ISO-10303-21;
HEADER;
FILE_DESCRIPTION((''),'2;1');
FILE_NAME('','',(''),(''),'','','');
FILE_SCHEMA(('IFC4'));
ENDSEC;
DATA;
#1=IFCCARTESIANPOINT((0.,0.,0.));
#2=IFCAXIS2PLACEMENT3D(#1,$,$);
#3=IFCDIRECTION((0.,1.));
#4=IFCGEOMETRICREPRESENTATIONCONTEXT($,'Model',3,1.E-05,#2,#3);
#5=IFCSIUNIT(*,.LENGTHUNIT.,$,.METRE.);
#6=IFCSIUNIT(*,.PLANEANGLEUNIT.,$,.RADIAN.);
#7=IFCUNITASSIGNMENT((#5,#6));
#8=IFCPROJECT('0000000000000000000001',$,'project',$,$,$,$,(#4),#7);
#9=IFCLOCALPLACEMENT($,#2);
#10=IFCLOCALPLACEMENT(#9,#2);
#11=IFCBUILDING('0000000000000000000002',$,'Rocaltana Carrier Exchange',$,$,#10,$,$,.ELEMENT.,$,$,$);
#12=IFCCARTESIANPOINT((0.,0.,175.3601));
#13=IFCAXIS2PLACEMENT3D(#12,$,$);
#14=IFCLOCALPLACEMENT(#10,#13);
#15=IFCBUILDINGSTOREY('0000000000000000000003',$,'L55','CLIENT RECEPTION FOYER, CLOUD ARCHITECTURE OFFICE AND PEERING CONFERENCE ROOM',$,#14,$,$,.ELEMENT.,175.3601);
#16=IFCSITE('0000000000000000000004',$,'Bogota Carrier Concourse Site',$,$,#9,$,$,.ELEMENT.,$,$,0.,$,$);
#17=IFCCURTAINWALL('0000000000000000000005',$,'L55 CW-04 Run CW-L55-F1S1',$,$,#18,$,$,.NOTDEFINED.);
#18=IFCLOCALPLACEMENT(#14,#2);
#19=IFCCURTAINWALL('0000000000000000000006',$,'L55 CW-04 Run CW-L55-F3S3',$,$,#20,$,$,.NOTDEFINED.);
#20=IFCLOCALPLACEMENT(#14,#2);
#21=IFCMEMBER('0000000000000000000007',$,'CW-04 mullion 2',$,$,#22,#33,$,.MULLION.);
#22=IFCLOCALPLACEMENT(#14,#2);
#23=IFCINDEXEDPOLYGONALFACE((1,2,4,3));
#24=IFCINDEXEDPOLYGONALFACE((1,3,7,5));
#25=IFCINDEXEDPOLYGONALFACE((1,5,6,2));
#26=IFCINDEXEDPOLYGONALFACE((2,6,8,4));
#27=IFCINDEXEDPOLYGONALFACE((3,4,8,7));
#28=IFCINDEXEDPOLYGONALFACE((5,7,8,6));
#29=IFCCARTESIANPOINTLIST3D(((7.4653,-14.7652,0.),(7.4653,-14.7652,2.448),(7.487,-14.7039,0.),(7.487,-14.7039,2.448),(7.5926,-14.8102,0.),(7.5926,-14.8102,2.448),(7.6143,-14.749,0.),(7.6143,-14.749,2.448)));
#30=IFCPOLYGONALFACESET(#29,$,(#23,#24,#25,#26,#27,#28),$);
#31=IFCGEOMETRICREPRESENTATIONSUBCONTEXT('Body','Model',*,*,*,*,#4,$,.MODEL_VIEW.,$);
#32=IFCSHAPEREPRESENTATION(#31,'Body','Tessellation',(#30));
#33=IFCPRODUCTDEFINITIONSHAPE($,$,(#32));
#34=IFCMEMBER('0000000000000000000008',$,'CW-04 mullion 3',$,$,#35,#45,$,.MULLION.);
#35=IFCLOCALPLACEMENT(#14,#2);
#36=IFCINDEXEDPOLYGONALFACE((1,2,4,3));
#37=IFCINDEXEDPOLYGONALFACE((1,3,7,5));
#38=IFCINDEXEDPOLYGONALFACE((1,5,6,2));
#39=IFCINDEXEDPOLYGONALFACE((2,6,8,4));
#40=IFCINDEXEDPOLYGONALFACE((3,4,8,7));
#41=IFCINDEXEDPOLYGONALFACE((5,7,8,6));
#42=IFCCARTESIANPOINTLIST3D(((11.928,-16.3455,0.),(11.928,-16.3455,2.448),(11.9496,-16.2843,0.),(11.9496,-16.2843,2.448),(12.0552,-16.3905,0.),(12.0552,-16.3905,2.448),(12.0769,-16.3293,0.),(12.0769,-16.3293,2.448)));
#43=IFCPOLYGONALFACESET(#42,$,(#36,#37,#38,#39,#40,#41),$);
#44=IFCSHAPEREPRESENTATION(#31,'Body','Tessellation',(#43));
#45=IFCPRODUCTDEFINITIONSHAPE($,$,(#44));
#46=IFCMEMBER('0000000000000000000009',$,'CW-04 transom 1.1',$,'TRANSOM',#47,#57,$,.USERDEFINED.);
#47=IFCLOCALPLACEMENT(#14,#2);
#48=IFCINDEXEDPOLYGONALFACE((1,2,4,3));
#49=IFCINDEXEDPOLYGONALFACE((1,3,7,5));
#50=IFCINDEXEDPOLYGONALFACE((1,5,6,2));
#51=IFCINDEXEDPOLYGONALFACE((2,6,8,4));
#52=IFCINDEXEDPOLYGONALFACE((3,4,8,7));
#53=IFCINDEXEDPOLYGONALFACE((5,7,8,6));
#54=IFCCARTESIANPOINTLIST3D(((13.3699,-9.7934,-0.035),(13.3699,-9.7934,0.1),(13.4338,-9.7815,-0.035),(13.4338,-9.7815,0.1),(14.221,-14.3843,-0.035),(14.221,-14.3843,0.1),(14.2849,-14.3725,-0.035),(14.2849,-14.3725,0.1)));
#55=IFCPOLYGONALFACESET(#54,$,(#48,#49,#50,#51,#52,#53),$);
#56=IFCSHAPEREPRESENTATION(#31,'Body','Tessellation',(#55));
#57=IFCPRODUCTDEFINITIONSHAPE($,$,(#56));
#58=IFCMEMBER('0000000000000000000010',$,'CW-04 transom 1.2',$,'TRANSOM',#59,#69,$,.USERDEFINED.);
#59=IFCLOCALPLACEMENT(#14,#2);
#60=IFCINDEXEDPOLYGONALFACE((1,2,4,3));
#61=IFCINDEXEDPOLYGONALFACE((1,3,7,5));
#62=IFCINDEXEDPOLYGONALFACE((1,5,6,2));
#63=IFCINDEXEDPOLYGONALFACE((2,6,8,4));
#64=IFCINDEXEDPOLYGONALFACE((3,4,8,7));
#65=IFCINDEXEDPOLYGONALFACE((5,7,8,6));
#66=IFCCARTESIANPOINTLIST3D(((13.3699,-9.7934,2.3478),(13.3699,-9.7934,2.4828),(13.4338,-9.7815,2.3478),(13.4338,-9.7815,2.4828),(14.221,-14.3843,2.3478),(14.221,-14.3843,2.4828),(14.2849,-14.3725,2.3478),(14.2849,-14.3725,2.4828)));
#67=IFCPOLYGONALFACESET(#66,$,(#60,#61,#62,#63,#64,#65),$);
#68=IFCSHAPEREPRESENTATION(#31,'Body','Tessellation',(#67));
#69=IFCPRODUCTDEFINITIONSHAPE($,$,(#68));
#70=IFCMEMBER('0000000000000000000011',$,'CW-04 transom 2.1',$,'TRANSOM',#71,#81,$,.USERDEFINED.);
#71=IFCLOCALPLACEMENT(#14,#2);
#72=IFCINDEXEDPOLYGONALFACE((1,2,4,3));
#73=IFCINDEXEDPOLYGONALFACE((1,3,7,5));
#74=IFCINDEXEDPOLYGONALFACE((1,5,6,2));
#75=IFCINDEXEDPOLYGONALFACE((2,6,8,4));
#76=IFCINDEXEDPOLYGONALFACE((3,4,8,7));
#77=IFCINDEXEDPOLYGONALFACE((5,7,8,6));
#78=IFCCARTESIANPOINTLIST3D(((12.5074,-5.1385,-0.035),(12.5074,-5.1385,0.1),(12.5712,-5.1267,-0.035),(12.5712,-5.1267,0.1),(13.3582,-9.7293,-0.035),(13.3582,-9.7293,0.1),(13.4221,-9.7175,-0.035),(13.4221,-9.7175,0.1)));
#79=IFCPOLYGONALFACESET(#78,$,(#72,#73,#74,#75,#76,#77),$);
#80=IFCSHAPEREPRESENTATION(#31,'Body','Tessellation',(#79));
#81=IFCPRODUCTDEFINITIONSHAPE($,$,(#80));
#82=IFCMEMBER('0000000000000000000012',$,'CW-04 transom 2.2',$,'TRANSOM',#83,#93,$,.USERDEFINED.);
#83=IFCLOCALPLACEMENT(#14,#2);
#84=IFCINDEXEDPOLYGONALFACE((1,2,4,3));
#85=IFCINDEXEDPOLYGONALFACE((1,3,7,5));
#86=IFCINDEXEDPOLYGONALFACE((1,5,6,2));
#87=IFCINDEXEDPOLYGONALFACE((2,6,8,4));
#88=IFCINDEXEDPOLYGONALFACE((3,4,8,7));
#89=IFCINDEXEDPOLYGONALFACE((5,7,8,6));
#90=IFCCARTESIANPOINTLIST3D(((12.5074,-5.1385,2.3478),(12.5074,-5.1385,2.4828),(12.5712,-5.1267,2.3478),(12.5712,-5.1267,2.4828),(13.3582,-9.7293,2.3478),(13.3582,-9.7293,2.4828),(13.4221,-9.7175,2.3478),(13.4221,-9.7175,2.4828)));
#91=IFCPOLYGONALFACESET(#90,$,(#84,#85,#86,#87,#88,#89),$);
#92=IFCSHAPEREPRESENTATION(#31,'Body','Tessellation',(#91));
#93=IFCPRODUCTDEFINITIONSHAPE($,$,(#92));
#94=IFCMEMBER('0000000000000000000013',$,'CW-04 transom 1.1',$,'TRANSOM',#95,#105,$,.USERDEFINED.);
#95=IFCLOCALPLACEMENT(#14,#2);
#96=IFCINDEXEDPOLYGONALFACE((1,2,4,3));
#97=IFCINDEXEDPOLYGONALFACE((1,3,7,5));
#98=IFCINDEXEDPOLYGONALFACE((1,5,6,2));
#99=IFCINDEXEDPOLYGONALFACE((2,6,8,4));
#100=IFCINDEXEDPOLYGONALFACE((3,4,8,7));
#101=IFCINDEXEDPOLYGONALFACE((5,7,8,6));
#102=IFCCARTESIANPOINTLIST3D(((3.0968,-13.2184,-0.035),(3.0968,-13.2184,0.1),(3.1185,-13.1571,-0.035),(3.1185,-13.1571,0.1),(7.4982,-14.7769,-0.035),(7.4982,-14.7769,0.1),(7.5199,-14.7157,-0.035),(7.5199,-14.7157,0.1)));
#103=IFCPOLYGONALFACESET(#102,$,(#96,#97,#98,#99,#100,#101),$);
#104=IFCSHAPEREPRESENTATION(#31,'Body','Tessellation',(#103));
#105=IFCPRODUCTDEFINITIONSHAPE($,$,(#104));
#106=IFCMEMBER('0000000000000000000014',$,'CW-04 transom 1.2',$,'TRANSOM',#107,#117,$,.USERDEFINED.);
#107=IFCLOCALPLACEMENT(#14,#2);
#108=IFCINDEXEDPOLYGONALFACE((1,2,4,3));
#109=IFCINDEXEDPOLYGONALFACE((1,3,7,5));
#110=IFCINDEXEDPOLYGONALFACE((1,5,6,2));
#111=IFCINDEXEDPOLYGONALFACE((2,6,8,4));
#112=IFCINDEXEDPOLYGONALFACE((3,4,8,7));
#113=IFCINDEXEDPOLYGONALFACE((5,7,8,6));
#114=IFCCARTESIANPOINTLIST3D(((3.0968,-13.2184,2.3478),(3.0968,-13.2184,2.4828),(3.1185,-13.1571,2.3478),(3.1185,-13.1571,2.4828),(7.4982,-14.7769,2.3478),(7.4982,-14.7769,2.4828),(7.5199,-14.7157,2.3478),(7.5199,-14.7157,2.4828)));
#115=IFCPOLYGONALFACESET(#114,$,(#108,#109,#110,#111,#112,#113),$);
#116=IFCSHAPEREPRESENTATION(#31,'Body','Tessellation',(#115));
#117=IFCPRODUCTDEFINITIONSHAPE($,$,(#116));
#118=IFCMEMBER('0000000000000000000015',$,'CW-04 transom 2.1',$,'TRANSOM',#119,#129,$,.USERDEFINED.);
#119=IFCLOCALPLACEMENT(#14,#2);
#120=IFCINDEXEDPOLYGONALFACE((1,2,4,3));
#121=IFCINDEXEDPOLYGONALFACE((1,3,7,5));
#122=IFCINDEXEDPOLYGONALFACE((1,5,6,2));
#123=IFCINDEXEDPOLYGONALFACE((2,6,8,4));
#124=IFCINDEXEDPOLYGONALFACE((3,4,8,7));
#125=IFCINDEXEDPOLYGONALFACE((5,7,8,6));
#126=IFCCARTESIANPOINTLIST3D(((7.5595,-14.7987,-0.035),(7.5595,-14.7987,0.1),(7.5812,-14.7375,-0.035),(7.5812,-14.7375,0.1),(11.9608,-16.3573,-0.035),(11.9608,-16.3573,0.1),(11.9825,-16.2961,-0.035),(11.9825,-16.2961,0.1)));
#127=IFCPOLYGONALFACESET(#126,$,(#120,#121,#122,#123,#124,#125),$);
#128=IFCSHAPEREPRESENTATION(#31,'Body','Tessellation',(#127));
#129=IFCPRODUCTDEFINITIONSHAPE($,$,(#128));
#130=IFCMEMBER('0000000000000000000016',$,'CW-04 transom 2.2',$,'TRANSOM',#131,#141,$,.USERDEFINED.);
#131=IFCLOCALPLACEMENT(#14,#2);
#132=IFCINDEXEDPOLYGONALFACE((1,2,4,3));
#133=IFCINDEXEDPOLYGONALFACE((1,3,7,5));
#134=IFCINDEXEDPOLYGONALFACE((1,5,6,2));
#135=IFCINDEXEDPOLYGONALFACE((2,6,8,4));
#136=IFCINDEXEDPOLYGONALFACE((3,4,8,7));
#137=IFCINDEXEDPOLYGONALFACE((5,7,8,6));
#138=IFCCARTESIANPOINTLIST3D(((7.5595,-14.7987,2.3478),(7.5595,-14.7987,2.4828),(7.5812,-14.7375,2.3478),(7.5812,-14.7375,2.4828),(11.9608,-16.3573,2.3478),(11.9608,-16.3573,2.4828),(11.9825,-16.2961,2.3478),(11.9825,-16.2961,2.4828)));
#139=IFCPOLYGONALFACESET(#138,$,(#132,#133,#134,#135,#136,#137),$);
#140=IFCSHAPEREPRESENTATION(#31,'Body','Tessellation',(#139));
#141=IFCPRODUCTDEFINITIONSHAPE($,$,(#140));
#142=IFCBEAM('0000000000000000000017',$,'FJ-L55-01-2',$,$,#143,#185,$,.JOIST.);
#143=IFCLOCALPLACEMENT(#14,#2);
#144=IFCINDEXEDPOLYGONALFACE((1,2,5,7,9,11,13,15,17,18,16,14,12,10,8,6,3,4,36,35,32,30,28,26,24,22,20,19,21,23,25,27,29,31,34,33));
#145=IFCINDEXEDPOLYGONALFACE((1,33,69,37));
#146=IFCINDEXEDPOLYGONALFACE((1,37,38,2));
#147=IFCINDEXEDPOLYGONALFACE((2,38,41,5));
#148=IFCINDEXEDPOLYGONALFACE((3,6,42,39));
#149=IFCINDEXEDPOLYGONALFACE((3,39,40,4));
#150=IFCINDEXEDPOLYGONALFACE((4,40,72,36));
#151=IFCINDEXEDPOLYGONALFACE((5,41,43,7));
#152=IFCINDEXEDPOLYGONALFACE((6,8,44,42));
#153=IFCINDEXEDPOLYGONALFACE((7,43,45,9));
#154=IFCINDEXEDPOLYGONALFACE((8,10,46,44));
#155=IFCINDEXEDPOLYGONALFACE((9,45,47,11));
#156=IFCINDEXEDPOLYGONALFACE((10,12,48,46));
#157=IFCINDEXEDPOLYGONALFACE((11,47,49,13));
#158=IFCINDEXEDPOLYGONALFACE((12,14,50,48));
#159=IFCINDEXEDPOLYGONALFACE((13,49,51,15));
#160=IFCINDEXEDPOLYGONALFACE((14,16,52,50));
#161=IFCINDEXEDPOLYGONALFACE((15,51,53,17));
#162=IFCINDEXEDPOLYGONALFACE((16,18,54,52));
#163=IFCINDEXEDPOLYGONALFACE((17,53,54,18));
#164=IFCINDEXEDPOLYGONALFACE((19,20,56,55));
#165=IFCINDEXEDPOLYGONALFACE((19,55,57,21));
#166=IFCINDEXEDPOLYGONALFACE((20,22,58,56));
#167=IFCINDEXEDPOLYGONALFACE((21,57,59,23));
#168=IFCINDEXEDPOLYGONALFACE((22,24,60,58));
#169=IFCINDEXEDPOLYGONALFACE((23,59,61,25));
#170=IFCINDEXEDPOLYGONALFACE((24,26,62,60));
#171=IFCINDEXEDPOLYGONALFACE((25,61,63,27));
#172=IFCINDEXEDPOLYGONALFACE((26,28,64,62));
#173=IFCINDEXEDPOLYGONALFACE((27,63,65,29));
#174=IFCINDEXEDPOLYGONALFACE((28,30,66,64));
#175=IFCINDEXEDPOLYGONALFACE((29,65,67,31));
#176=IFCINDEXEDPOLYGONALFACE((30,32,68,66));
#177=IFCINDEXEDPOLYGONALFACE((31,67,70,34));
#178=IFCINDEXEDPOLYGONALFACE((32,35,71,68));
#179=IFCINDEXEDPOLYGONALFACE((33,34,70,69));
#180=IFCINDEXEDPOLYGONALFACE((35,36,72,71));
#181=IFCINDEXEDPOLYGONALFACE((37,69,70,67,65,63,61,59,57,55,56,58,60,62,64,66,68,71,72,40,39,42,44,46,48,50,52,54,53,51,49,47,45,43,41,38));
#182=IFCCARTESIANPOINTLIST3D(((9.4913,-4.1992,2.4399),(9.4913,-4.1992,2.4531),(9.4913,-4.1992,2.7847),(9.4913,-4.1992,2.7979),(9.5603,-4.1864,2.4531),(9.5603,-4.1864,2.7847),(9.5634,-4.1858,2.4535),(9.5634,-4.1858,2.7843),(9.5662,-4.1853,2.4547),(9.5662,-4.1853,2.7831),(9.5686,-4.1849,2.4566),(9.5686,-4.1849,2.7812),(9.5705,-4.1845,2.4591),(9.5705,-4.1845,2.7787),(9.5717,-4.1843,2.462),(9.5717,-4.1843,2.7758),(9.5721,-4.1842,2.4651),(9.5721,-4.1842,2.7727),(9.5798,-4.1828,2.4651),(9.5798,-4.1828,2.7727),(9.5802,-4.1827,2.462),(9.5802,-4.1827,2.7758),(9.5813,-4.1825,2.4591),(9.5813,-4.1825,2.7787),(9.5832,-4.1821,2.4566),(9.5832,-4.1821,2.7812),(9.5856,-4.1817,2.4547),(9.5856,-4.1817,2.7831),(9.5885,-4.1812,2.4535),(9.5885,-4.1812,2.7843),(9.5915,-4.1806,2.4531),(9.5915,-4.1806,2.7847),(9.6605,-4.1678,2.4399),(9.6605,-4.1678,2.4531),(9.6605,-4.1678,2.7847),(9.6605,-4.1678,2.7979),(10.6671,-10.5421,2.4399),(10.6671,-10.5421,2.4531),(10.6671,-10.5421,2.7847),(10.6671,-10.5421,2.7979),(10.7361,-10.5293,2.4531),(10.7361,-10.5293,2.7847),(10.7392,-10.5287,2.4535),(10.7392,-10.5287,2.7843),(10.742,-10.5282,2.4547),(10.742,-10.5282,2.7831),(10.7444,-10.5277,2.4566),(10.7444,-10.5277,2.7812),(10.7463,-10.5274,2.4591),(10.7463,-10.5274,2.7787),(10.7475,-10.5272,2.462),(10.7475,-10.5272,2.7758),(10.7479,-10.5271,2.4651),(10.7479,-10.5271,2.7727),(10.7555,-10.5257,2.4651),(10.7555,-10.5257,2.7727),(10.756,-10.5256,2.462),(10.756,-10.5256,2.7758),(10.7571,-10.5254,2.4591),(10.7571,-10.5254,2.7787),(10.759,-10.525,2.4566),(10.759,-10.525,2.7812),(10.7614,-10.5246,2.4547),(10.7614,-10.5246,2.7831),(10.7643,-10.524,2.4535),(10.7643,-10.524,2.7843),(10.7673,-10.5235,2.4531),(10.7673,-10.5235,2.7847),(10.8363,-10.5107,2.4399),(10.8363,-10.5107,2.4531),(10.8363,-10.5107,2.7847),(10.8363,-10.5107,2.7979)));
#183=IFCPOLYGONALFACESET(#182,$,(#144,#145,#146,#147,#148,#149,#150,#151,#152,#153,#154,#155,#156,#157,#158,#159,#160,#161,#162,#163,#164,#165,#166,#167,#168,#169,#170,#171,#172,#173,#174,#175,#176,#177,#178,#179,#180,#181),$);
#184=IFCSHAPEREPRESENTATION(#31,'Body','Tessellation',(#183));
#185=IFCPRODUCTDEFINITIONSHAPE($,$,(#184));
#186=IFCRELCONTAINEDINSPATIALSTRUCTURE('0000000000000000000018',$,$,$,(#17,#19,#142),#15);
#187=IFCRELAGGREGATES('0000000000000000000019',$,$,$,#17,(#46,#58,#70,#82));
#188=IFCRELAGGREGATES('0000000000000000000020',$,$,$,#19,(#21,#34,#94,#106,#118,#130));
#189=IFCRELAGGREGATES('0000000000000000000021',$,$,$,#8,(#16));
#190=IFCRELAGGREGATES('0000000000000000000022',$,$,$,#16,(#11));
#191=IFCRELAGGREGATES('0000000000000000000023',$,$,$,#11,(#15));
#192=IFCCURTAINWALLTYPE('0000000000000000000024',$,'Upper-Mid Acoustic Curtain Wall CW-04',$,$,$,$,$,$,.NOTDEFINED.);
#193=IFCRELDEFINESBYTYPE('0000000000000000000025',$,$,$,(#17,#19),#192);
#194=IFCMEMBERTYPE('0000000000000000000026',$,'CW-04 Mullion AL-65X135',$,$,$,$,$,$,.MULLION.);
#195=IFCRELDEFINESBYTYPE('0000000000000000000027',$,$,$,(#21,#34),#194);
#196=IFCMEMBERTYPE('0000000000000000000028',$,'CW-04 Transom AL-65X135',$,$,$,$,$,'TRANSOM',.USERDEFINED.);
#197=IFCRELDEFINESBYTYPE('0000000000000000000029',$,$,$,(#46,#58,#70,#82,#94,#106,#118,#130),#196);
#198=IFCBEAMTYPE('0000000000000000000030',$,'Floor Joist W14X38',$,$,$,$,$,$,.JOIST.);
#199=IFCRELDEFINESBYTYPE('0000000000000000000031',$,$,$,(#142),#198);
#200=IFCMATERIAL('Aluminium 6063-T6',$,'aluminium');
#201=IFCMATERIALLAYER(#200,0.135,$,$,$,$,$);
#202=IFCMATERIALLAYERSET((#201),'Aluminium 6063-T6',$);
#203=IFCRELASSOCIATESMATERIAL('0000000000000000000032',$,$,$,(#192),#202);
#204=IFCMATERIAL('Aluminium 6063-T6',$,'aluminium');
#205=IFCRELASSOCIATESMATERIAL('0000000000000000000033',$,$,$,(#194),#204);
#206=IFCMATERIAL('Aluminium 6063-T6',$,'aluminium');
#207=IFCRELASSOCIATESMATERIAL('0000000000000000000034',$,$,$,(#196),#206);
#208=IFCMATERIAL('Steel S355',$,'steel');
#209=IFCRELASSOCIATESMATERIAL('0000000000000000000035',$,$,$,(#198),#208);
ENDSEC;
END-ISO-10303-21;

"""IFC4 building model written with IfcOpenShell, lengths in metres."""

from ifc_helpers import new_model, si_unit, direction, frame, origin, origin_2d, place, context, subcontext, project, spatial, rectangle, i_section, extrude, material, layer, layer_set, material_profile, profile_set, type_object, element, aggregate, save


model = new_model("IFC4")

# Units and contexts
model_context = context("Model", 3, precision=1e-05, world=origin(), true_north=direction((0.0, 1.0)))
body_context = subcontext(model_context, "Body", "Model", "MODEL_VIEW")
ifc_project = project(units=[si_unit("LENGTHUNIT", "METRE"), si_unit("PLANEANGLEUNIT", "RADIAN")], contexts=[model_context])

# Site, building, storey
site_placement = place(None, origin())
site = spatial("IfcSite", under=ifc_project, at=site_placement, Name="Bogota Carrier Concourse Site", CompositionType="ELEMENT", RefElevation=0.0)
building_placement = place(site_placement, origin())
building = spatial("IfcBuilding", under=site, at=building_placement, Name="Rocaltana Carrier Exchange", CompositionType="ELEMENT")
storey_placement = place(building_placement, frame((0.0, 0.0, 175.3601)))
storey = spatial("IfcBuildingStorey", under=building, at=storey_placement, Name="L55", Description="CLIENT RECEPTION FOYER, CLOUD ARCHITECTURE OFFICE AND PEERING CONFERENCE ROOM", CompositionType="ELEMENT", Elevation=175.3601)

# Curtain wall
ifc_material_1 = material(Name="Aluminium 6063-T6", Category="aluminium")
ifc_layer_1 = layer(ifc_material_1, 0.135)
ifc_layer_set_1 = layer_set([ifc_layer_1], Name="Aluminium 6063-T6")
curtain_wall_type = type_object("IfcCurtainWallType", Name="Upper-Mid Acoustic Curtain Wall CW-04", PredefinedType="NOTDEFINED", material=ifc_layer_set_1)
curtain_wall_1_placement = place(storey_placement, origin())
curtain_wall_1 = element("IfcCurtainWall", 1, at=curtain_wall_1_placement, inside=storey, type_object=curtain_wall_type, Name="L55 CW-04 Run CW-L55-F1S1", PredefinedType="NOTDEFINED")
ifc_material_2 = material(Name="Aluminium 6063-T6", Category="aluminium")
ifc_material_profile_1 = material_profile(ifc_material_2, rectangle(XDim=0.0649, YDim=0.135, at=origin_2d()), Name="AL-65X135")
ifc_profile_set_1 = profile_set([ifc_material_profile_1], Name="Aluminium 6063-T6")
member_type_1 = type_object("IfcMemberType", Name="CW-04 Mullion AL-65X135", PredefinedType="MULLION", material=ifc_profile_set_1)

# Curtain wall, members
curtain_wall_2_placement = place(storey_placement, origin())
curtain_wall_2 = element("IfcCurtainWall", 2, at=curtain_wall_2_placement, inside=storey, type_object=curtain_wall_type, Name="L55 CW-04 Run CW-L55-F3S3", PredefinedType="NOTDEFINED")
member_1_placement = place(storey_placement, frame((7.5398, -14.7571, 0.0), z_axis=(0.0, 0.0, 1.0), x_axis=(0.333799, 0.942644, 0.0)))
member_1 = element("IfcMember", 3, at=member_1_placement, type_object=member_type_1, Name="CW-04 mullion 2", PredefinedType="MULLION", context=body_context, shape_type="SweptSolid", body=[
    extrude(rectangle(XDim=0.0649, YDim=0.135, at=origin_2d()), origin(), (0.0, 0.0, 1.0), 2.448),
])
member_2_placement = place(storey_placement, frame((12.0024, -16.3374, 0.0), z_axis=(0.0, 0.0, 1.0), x_axis=(0.333799, 0.942644, 0.0)))
member_2 = element("IfcMember", 4, at=member_2_placement, type_object=member_type_1, Name="CW-04 mullion 3", PredefinedType="MULLION", context=body_context, shape_type="SweptSolid", body=[
    extrude(rectangle(XDim=0.0649, YDim=0.135, at=origin_2d()), origin(), (0.0, 0.0, 1.0), 2.448),
])

# Members
ifc_material_3 = material(Name="Aluminium 6063-T6", Category="aluminium")
ifc_material_profile_2 = material_profile(ifc_material_3, rectangle(XDim=0.0649, YDim=0.135, at=origin_2d()), Name="AL-65X135")
ifc_profile_set_2 = profile_set([ifc_material_profile_2], Name="Aluminium 6063-T6")
member_type_2 = type_object("IfcMemberType", Name="CW-04 Transom AL-65X135", ElementType="TRANSOM", PredefinedType="USERDEFINED", material=ifc_profile_set_2)
member_3_placement = place(storey_placement, frame((14.2529, -14.3784, 0.0325), z_axis=(-0.182271, 0.983248, 0.0), x_axis=(-0.983248, -0.182271, 0.0)))
member_3 = element("IfcMember", 5, at=member_3_placement, type_object=member_type_2, Name="CW-04 transom 1.1", ObjectType="TRANSOM", PredefinedType="USERDEFINED", context=body_context, shape_type="SweptSolid", body=[
    extrude(rectangle(XDim=0.0649, YDim=0.135, at=origin_2d()), origin(), (0.0, 0.0, 1.0), 4.6692),
])
member_4_placement = place(storey_placement, frame((14.2529, -14.3784, 2.4153), z_axis=(-0.182271, 0.983248, 0.0), x_axis=(-0.983248, -0.182271, 0.0)))
member_4 = element("IfcMember", 6, at=member_4_placement, type_object=member_type_2, Name="CW-04 transom 1.2", ObjectType="TRANSOM", PredefinedType="USERDEFINED", context=body_context, shape_type="SweptSolid", body=[
    extrude(rectangle(XDim=0.0649, YDim=0.135, at=origin_2d()), origin(), (0.0, 0.0, 1.0), 4.6692),
])
member_5_placement = place(storey_placement, frame((13.3901, -9.7234, 0.0325), z_axis=(-0.18223, 0.983256, 0.0), x_axis=(-0.983256, -0.18223, 0.0)))
member_5 = element("IfcMember", 7, at=member_5_placement, type_object=member_type_2, Name="CW-04 transom 2.1", ObjectType="TRANSOM", PredefinedType="USERDEFINED", context=body_context, shape_type="SweptSolid", body=[
    extrude(rectangle(XDim=0.0649, YDim=0.135, at=origin_2d()), origin(), (0.0, 0.0, 1.0), 4.6689),
])
member_6_placement = place(storey_placement, frame((13.3901, -9.7234, 2.4153), z_axis=(-0.18223, 0.983256, 0.0), x_axis=(-0.983256, -0.18223, 0.0)))
member_6 = element("IfcMember", 8, at=member_6_placement, type_object=member_type_2, Name="CW-04 transom 2.2", ObjectType="TRANSOM", PredefinedType="USERDEFINED", context=body_context, shape_type="SweptSolid", body=[
    extrude(rectangle(XDim=0.0649, YDim=0.135, at=origin_2d()), origin(), (0.0, 0.0, 1.0), 4.6689),
])
member_7_placement = place(storey_placement, frame((3.1077, -13.1877, 0.0325), z_axis=(0.942642, -0.333805, 0.0), x_axis=(0.333805, 0.942642, 0.0)))
member_7 = element("IfcMember", 9, at=member_7_placement, type_object=member_type_2, Name="CW-04 transom 1.1", ObjectType="TRANSOM", PredefinedType="USERDEFINED", context=body_context, shape_type="SweptSolid", body=[
    extrude(rectangle(XDim=0.0649, YDim=0.135, at=origin_2d()), origin(), (0.0, 0.0, 1.0), 4.6692),
])
member_8_placement = place(storey_placement, frame((3.1077, -13.1877, 2.4153), z_axis=(0.942642, -0.333805, 0.0), x_axis=(0.333805, 0.942642, 0.0)))
member_8 = element("IfcMember", 10, at=member_8_placement, type_object=member_type_2, Name="CW-04 transom 1.2", ObjectType="TRANSOM", PredefinedType="USERDEFINED", context=body_context, shape_type="SweptSolid", body=[
    extrude(rectangle(XDim=0.0649, YDim=0.135, at=origin_2d()), origin(), (0.0, 0.0, 1.0), 4.6692),
])
member_9_placement = place(storey_placement, frame((7.5703, -14.7681, 0.0325), z_axis=(0.942642, -0.333805, 0.0), x_axis=(0.333805, 0.942642, 0.0)))
member_9 = element("IfcMember", 11, at=member_9_placement, type_object=member_type_2, Name="CW-04 transom 2.1", ObjectType="TRANSOM", PredefinedType="USERDEFINED", context=body_context, shape_type="SweptSolid", body=[
    extrude(rectangle(XDim=0.0649, YDim=0.135, at=origin_2d()), origin(), (0.0, 0.0, 1.0), 4.6692),
])
member_10_placement = place(storey_placement, frame((7.5703, -14.7681, 2.4153), z_axis=(0.942642, -0.333805, 0.0), x_axis=(0.333805, 0.942642, 0.0)))
member_10 = element("IfcMember", 12, at=member_10_placement, type_object=member_type_2, Name="CW-04 transom 2.2", ObjectType="TRANSOM", PredefinedType="USERDEFINED", context=body_context, shape_type="SweptSolid", body=[
    extrude(rectangle(XDim=0.0649, YDim=0.135, at=origin_2d()), origin(), (0.0, 0.0, 1.0), 4.6692),
])

# Beam
ifc_material_4 = material(Name="Steel S355", Category="steel")
ifc_material_profile_3 = material_profile(ifc_material_4, i_section(OverallWidth=0.1721, OverallDepth=0.3579, WebThickness=0.0078, FlangeThickness=0.0132, FilletRadius=0.012, at=origin_2d()), Name="W14X38")
ifc_profile_set_3 = profile_set([ifc_material_profile_3], Name="Steel S355")
beam_type_1 = type_object("IfcBeamType", Name="Floor Joist W14X38", PredefinedType="JOIST", material=ifc_profile_set_3)
beam_1_placement = place(storey_placement, frame((10.7517, -10.5264, 2.6189), z_axis=(-0.182268, 0.983249, 0.0), x_axis=(-0.983249, -0.182268, 0.0)))
element("IfcBeam", 13, at=beam_1_placement, inside=storey, type_object=beam_type_1, Name="FJ-L55-01-2", PredefinedType="JOIST", context=body_context, shape_type="SweptSolid", body=[
    extrude(i_section(OverallWidth=0.1721, OverallDepth=0.3579, WebThickness=0.0078, FlangeThickness=0.0132, FilletRadius=0.012, at=origin_2d()), origin(), (0.0, 0.0, 1.0), 6.4509),
])

aggregate(curtain_wall_1, [member_3, member_4, member_5, member_6])
aggregate(curtain_wall_2, [member_1, member_2, member_7, member_8, member_9, member_10])

save(model, "model.ifc")
